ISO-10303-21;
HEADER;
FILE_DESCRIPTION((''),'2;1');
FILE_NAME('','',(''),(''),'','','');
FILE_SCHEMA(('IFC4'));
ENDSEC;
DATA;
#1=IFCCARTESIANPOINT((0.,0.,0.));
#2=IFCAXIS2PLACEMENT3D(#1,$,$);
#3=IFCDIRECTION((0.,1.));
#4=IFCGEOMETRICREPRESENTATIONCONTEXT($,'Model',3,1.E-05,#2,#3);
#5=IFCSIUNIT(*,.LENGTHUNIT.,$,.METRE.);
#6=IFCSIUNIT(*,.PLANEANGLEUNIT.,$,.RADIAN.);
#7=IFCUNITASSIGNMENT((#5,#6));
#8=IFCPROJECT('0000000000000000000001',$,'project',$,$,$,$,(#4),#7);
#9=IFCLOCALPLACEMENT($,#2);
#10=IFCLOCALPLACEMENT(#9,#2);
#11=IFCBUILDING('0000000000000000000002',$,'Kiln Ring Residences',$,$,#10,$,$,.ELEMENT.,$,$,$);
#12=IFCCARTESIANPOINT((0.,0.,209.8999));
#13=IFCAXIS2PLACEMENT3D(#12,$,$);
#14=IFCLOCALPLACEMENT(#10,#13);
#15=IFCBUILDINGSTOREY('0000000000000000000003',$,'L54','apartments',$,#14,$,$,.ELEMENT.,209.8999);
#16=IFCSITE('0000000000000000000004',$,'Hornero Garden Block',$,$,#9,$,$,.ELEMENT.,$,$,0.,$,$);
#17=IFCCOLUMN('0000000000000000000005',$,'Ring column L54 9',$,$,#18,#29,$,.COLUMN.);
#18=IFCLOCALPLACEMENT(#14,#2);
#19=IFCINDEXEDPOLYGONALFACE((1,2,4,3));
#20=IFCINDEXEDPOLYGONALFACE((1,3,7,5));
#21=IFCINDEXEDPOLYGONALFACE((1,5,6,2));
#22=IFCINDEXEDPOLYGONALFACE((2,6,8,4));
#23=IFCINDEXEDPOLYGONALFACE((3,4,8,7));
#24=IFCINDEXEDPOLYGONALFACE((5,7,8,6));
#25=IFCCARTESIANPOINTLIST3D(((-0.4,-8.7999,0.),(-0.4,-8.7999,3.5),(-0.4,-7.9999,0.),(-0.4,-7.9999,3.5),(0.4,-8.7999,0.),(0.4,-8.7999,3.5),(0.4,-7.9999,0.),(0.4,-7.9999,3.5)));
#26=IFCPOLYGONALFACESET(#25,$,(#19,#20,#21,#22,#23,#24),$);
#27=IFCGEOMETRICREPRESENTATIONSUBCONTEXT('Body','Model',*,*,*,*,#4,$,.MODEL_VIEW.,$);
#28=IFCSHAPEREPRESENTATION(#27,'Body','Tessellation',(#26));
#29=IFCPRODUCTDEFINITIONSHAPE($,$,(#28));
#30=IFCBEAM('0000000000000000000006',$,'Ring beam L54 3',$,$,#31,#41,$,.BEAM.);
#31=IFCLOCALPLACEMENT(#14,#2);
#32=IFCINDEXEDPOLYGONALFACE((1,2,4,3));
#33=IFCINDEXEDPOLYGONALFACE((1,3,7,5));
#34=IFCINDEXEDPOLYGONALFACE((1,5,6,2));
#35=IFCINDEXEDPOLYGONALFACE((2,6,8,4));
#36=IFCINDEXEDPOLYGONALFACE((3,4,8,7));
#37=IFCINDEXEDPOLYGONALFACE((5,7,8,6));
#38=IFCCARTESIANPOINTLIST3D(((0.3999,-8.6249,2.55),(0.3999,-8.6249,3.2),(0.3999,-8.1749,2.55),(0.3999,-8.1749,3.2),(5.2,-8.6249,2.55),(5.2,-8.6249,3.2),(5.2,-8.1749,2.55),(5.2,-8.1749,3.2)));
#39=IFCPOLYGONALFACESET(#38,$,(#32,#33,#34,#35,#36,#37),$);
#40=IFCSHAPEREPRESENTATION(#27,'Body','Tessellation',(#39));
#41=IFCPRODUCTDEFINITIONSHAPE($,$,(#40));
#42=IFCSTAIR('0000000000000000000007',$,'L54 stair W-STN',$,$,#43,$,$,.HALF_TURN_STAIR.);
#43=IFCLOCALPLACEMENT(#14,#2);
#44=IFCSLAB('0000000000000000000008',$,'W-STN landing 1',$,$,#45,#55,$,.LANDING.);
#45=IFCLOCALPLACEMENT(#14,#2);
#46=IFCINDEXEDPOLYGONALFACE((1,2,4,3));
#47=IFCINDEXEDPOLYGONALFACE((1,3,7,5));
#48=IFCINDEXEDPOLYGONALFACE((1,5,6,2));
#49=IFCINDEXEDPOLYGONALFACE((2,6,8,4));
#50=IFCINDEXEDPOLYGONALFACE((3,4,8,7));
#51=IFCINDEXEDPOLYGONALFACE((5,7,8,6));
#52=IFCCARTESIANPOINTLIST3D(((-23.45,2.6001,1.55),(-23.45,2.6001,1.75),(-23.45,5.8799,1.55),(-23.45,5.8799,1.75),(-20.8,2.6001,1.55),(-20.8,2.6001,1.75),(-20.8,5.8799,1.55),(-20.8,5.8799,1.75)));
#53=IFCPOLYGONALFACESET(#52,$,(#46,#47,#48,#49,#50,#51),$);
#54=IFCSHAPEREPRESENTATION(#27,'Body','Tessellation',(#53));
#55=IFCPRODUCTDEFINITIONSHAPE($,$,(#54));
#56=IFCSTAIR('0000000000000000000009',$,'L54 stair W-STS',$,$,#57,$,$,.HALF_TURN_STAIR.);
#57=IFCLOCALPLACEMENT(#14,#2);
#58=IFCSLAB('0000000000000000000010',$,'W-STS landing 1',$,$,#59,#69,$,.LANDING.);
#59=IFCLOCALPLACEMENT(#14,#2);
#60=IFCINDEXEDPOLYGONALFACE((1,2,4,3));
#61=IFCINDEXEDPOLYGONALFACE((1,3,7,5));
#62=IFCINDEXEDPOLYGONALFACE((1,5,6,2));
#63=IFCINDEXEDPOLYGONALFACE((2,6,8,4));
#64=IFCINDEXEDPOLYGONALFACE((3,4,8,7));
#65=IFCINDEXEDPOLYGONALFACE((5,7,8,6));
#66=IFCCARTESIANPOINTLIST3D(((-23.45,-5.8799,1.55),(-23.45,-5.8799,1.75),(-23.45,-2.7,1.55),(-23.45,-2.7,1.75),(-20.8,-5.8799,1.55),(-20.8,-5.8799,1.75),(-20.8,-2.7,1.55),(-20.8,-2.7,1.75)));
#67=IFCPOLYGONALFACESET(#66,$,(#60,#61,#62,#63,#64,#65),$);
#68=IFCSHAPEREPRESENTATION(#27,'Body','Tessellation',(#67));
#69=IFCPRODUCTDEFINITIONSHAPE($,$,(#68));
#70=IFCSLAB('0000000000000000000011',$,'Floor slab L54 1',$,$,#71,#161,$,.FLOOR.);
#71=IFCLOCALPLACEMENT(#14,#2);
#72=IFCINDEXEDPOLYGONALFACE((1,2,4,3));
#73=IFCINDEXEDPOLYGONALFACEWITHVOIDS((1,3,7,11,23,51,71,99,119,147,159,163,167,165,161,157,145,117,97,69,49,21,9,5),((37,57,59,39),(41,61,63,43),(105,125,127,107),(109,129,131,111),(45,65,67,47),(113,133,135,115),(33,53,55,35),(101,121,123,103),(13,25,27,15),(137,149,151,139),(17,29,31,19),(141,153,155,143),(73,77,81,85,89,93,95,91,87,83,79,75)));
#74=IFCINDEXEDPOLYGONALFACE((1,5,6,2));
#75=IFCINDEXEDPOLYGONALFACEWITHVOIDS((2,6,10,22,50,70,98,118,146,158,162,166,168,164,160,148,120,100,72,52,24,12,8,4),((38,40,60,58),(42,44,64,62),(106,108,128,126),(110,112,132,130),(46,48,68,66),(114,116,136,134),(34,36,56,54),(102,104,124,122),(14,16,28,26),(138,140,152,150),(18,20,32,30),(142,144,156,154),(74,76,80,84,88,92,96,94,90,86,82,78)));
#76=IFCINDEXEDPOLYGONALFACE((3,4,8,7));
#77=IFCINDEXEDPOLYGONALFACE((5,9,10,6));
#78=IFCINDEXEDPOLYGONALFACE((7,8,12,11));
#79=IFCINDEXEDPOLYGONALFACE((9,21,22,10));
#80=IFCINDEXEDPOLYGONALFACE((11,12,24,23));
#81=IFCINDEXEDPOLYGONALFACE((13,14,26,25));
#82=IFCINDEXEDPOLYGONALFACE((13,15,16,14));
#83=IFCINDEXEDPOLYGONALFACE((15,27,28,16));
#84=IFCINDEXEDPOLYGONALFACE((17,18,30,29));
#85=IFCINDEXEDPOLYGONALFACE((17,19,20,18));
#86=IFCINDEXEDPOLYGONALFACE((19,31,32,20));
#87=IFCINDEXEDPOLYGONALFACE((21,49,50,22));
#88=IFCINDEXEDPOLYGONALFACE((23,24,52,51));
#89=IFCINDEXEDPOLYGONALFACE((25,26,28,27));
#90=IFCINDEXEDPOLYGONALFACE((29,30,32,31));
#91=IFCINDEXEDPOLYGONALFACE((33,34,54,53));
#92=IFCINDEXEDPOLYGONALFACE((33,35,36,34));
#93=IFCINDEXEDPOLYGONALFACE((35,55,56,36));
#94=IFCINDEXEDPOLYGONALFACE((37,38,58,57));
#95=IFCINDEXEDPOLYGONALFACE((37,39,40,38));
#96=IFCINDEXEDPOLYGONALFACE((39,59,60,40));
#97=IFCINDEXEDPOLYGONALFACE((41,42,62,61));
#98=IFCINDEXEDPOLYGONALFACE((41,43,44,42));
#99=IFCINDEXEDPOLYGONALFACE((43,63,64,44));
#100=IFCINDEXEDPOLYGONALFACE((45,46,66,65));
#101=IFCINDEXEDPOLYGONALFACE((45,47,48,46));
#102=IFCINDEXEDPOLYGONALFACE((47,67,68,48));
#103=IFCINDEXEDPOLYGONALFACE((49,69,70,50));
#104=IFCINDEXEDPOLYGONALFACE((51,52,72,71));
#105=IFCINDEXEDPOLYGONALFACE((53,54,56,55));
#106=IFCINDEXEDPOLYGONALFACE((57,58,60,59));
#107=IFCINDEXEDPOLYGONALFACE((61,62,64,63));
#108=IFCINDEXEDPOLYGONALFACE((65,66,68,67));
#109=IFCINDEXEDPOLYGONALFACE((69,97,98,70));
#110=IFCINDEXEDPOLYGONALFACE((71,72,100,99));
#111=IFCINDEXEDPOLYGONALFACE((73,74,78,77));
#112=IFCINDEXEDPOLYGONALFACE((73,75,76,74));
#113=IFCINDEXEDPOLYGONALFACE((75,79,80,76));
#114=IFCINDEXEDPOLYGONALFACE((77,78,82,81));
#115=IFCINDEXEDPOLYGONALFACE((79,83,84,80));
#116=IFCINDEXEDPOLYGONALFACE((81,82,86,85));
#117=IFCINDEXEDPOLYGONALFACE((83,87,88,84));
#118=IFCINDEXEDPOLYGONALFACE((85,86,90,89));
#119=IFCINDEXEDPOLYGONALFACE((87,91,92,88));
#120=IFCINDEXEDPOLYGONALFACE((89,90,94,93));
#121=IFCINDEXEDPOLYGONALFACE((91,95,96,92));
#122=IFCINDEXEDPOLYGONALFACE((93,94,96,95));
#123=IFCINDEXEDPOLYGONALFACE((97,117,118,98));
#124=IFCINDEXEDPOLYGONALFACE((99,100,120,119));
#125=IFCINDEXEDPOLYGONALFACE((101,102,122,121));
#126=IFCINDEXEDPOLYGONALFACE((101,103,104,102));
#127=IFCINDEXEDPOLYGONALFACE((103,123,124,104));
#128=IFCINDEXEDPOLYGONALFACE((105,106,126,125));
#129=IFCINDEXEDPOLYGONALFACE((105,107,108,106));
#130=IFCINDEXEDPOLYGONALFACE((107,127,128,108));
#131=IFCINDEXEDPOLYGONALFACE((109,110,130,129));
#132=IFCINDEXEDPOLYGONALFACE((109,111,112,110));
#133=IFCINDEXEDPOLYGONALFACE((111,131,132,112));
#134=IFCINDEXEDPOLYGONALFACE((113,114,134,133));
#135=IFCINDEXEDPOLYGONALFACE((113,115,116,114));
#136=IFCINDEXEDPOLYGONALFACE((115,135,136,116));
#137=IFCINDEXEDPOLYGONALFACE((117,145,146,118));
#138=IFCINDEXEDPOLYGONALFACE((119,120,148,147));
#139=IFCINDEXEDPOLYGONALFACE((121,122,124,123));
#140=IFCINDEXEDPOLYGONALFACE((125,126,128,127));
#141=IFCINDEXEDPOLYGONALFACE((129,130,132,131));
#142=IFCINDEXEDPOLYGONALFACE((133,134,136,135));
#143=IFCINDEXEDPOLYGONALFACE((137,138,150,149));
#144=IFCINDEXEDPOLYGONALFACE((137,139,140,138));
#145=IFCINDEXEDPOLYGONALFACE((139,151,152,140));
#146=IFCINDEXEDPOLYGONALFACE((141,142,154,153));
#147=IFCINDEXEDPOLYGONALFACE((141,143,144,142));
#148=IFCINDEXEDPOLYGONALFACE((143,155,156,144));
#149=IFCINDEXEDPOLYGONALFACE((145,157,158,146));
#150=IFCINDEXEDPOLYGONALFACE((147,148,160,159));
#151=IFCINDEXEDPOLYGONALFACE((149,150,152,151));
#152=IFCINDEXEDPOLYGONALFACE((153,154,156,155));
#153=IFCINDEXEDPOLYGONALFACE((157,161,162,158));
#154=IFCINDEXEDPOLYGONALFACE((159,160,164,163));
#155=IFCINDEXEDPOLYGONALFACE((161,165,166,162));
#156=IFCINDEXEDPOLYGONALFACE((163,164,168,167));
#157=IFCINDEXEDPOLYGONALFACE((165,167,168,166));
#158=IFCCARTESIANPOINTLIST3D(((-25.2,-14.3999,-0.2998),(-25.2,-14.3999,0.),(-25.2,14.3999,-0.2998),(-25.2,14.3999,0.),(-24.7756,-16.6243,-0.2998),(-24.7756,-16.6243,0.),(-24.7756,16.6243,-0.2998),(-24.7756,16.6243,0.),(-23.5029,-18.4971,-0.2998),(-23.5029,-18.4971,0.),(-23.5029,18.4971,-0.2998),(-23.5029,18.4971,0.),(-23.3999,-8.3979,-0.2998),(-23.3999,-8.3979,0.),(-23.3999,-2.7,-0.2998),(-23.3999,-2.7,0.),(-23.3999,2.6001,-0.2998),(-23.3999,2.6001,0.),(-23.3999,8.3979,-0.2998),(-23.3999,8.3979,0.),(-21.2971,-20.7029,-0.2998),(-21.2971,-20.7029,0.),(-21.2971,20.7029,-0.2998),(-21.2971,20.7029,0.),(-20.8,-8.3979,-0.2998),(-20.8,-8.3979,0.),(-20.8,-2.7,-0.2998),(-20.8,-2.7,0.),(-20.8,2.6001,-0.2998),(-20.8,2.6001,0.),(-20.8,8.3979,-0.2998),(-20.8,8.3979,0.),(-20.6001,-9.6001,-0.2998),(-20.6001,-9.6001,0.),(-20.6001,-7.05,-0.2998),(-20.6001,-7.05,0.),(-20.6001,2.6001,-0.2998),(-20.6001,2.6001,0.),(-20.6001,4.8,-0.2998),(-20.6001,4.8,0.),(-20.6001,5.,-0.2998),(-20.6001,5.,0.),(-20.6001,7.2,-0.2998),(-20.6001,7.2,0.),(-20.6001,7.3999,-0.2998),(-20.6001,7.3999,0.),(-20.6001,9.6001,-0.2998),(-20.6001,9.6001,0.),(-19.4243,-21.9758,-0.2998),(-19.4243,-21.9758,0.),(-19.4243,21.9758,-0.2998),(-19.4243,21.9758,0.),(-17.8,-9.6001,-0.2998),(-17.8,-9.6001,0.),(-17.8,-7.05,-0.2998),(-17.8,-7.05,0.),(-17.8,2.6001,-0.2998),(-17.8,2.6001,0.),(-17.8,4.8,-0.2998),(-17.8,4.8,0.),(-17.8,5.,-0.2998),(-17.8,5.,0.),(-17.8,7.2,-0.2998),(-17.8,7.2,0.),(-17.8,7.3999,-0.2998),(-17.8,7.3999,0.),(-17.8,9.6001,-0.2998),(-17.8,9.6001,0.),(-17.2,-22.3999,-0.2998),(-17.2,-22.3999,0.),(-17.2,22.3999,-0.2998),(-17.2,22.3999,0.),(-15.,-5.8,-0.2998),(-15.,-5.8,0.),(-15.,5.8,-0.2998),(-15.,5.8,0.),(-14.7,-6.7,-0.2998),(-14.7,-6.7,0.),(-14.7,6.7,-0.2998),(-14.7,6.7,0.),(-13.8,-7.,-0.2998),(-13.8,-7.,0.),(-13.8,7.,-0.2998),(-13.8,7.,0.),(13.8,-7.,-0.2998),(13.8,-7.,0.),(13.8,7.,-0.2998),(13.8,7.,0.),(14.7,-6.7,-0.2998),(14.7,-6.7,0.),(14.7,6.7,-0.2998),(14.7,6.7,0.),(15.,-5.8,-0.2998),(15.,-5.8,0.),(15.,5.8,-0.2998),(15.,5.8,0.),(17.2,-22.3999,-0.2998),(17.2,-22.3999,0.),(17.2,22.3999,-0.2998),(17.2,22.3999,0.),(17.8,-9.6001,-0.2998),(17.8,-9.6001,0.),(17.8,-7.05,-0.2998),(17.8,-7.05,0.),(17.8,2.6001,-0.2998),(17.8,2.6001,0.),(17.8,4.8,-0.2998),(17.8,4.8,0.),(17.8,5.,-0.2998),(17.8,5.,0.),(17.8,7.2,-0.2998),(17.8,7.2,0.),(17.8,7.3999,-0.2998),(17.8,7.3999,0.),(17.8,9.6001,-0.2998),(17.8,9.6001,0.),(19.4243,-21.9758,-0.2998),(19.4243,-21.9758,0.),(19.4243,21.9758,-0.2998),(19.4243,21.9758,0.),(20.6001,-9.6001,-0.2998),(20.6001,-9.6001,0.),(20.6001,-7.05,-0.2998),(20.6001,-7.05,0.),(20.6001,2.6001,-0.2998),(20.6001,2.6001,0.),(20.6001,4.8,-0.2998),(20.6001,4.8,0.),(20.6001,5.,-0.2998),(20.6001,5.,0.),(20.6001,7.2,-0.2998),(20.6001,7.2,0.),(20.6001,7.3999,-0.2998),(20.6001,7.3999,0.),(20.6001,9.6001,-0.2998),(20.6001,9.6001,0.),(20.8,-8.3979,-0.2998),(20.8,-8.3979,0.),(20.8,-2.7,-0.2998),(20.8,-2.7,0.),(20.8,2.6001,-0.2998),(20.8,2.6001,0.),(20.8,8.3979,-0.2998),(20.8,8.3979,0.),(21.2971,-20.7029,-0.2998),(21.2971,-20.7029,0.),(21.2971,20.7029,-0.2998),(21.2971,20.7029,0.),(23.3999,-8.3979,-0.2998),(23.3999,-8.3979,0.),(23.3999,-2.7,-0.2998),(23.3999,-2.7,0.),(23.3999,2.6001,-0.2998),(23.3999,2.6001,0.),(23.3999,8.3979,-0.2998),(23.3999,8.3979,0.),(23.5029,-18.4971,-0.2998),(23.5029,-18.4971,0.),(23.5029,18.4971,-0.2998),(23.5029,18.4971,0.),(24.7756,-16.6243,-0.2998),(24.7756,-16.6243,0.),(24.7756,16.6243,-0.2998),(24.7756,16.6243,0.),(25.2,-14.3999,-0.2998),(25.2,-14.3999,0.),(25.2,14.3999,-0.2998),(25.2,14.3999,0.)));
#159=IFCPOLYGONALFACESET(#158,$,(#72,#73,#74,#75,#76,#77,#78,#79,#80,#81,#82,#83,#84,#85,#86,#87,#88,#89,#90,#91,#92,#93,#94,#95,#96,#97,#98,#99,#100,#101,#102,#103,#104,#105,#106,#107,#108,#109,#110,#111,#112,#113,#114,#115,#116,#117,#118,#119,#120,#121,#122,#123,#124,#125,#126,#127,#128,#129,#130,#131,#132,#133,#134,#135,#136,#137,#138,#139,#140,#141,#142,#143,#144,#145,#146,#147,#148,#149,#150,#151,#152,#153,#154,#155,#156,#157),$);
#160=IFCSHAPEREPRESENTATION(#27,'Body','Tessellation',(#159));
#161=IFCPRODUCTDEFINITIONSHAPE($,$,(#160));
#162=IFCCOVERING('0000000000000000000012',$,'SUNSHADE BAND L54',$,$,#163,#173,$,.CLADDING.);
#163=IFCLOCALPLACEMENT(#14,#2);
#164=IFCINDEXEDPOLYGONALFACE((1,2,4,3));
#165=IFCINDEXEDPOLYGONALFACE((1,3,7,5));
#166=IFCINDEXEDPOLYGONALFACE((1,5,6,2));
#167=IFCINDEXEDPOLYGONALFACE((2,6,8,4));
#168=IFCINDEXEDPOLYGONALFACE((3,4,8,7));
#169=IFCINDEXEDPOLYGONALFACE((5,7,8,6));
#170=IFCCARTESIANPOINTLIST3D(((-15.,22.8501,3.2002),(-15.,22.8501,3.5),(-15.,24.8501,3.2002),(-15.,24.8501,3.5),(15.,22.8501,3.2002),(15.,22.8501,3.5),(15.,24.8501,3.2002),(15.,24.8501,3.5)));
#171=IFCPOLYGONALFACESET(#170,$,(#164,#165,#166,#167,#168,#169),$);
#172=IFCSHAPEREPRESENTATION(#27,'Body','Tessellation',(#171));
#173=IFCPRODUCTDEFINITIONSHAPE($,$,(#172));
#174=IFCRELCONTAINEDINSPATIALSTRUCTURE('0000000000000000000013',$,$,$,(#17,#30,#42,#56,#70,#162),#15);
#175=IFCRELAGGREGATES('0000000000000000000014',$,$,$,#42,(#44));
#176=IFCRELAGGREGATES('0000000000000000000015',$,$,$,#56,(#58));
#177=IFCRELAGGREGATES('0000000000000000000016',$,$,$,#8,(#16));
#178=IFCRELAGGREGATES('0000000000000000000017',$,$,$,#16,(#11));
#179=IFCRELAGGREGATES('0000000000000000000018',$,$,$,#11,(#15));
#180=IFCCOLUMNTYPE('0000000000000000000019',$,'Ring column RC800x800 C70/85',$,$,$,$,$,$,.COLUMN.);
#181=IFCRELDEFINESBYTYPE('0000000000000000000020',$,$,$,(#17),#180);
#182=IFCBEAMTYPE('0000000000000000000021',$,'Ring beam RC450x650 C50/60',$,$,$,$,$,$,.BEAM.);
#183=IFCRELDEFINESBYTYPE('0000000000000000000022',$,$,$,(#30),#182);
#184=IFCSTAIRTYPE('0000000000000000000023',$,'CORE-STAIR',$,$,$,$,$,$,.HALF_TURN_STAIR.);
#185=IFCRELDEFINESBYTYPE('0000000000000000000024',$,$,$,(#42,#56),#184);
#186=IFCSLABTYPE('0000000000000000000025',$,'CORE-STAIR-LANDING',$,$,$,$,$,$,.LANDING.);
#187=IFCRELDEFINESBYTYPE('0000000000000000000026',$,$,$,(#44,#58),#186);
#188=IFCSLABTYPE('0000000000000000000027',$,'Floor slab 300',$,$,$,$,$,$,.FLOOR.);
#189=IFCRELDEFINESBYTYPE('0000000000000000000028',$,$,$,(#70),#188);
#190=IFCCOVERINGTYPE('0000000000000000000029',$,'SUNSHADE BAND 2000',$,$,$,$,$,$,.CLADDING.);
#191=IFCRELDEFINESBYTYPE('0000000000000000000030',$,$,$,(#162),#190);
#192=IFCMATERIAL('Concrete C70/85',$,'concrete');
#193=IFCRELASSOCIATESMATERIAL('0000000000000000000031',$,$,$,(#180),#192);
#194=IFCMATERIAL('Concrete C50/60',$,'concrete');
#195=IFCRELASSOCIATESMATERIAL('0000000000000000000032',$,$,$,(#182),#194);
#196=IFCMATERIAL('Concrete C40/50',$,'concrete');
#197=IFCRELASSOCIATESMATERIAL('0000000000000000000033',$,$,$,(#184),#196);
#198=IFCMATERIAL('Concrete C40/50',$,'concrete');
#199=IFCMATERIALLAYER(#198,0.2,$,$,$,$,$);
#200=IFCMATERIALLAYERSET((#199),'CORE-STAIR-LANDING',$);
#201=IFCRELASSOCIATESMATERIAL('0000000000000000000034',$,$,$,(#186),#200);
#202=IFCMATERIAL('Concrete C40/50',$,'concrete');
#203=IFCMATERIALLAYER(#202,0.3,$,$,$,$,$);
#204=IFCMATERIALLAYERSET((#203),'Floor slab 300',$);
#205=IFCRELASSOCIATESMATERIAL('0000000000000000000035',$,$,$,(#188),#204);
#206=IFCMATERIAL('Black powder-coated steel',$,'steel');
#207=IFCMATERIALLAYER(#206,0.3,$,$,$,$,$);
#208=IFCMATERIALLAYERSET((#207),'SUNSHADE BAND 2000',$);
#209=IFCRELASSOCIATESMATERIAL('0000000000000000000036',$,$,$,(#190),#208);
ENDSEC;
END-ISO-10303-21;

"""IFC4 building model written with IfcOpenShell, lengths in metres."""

from ifc_helpers import new_model, si_unit, direction, frame, origin, origin_2d, place, context, subcontext, project, spatial, polyline, rectangle, outline, extrude, material, layer, layer_set, material_profile, profile_set, type_object, element, aggregate, save


model = new_model("IFC4")

# Units and contexts
model_context = context("Model", 3, precision=1e-05, world=origin(), true_north=direction((0.0, 1.0)))
body_context = subcontext(model_context, "Body", "Model", "MODEL_VIEW")
ifc_project = project(units=[si_unit("LENGTHUNIT", "METRE"), si_unit("PLANEANGLEUNIT", "RADIAN")], contexts=[model_context])

# Site, building, storey
site_placement = place(None, origin())
site = spatial("IfcSite", under=ifc_project, at=site_placement, Name="Hornero Garden Block", CompositionType="ELEMENT", RefElevation=0.0)
building_placement = place(site_placement, origin())
building = spatial("IfcBuilding", under=site, at=building_placement, Name="Kiln Ring Residences", CompositionType="ELEMENT")
storey_placement = place(building_placement, frame((0.0, 0.0, 209.8999)))
storey = spatial("IfcBuildingStorey", under=building, at=storey_placement, Name="L54", Description="apartments", CompositionType="ELEMENT", Elevation=209.8999)

# Column
ifc_material_1 = material(Name="Concrete C70/85", Category="concrete")
ifc_material_profile_1 = material_profile(ifc_material_1, rectangle(XDim=0.8, YDim=0.8, at=origin_2d()), Name="RC800x800")
ifc_profile_set_1 = profile_set([ifc_material_profile_1], Name="Concrete C70/85")
column_type = type_object("IfcColumnType", Name="Ring column RC800x800 C70/85", PredefinedType="COLUMN", material=ifc_profile_set_1)
column_placement = place(storey_placement, frame((0.0, -8.3999, 0.0), z_axis=(0.0, 0.0, 1.0), x_axis=(1.0, 0.0, 0.0)))
element("IfcColumn", 1, at=column_placement, inside=storey, type_object=column_type, Name="Ring column L54 9", PredefinedType="COLUMN", context=body_context, shape_type="SweptSolid", body=[
    extrude(rectangle(XDim=0.8, YDim=0.8, at=origin_2d()), origin(), (0.0, 0.0, 1.0), 3.5),
])

# Beam
ifc_material_2 = material(Name="Concrete C50/60", Category="concrete")
ifc_material_profile_2 = material_profile(ifc_material_2, rectangle(XDim=0.45, YDim=0.6499, at=origin_2d()), Name="RC450x650")
ifc_profile_set_2 = profile_set([ifc_material_profile_2], Name="Concrete C50/60")
beam_type = type_object("IfcBeamType", Name="Ring beam RC450x650 C50/60", PredefinedType="BEAM", material=ifc_profile_set_2)
beam_placement = place(storey_placement, frame((0.3999, -8.3999, 2.875), z_axis=(1.0, 0.0, 0.0), x_axis=(0.0, 1.0, 0.0)))
element("IfcBeam", 2, at=beam_placement, inside=storey, type_object=beam_type, Name="Ring beam L54 3", PredefinedType="BEAM", context=body_context, shape_type="SweptSolid", body=[
    extrude(rectangle(XDim=0.45, YDim=0.6499, at=origin_2d()), origin(), (0.0, 0.0, 1.0), 4.8),
])

# Stairs, slabs
ifc_material_3 = material(Name="Concrete C40/50", Category="concrete")
stair_type = type_object("IfcStairType", Name="CORE-STAIR", PredefinedType="HALF_TURN_STAIR", material=ifc_material_3)
placement_1 = place(storey_placement, origin())
stair_1 = element("IfcStair", 3, at=placement_1, inside=storey, type_object=stair_type, Name="L54 stair W-STN", PredefinedType="HALF_TURN_STAIR")
ifc_material_4 = material(Name="Concrete C40/50", Category="concrete")
ifc_layer_1 = layer(ifc_material_4, 0.2)
ifc_layer_set_1 = layer_set([ifc_layer_1], Name="CORE-STAIR-LANDING")
slab_type_1 = type_object("IfcSlabType", Name="CORE-STAIR-LANDING", PredefinedType="LANDING", material=ifc_layer_set_1)
placement_2 = place(storey_placement, frame((0.0, 0.0, 1.55)))
slab_1 = element("IfcSlab", 4, at=placement_2, type_object=slab_type_1, Name="W-STN landing 1", PredefinedType="LANDING", context=body_context, shape_type="SweptSolid", body=[
    extrude(outline(polyline([(-23.45, 5.8799), (-23.45, 2.6001), (-20.8, 2.6001), (-20.8, 5.8799), (-23.45, 5.8799)])), origin(), (0.0, 0.0, 1.0), 0.2),
])
aggregate(stair_1, [slab_1])
stair_2 = element("IfcStair", 5, at=placement_1, inside=storey, type_object=stair_type, Name="L54 stair W-STS", PredefinedType="HALF_TURN_STAIR")
slab_2 = element("IfcSlab", 6, at=placement_2, type_object=slab_type_1, Name="W-STS landing 1", PredefinedType="LANDING", context=body_context, shape_type="SweptSolid", body=[
    extrude(outline(polyline([(-20.8, -5.8799), (-20.8, -2.7), (-23.45, -2.7), (-23.45, -5.8799), (-20.8, -5.8799)])), origin(), (0.0, 0.0, 1.0), 0.2),
])
aggregate(stair_2, [slab_2])

# Slab
ifc_material_5 = material(Name="Concrete C40/50", Category="concrete")
ifc_layer_2 = layer(ifc_material_5, 0.3)
ifc_layer_set_2 = layer_set([ifc_layer_2], Name="Floor slab 300")
slab_type_2 = type_object("IfcSlabType", Name="Floor slab 300", PredefinedType="FLOOR", material=ifc_layer_set_2)
slab_3_placement = place(storey_placement, frame((0.0, 0.0, -0.2998)))
element("IfcSlab", 7, at=slab_3_placement, inside=storey, type_object=slab_type_2, Name="Floor slab L54 1", PredefinedType="FLOOR", context=body_context, shape_type="SweptSolid", body=[
    extrude(outline(polyline([(-23.5029, -18.4971), (-21.2971, -20.7029), (-19.4243, -21.9758), (-17.2, -22.3999), (17.2, -22.3999), (19.4243, -21.9758), (21.2971, -20.7029), (23.5029, -18.4971), (24.7756, -16.6243), (25.2, -14.3999), (25.2, 14.3999), (24.7756, 16.6243), (23.5029, 18.4971), (21.2971, 20.7029), (19.4243, 21.9758), (17.2, 22.3999), (-17.2, 22.3999), (-19.4243, 21.9758), (-21.2971, 20.7029), (-23.5029, 18.4971), (-24.7756, 16.6243), (-25.2, 14.3999), (-25.2, -14.3999), (-24.7756, -16.6243), (-23.5029, -18.4971)]), holes=[polyline([(-14.7, -6.7), (-15.0, -5.8), (-15.0, 5.8), (-14.7, 6.7), (-13.8, 7.0), (13.8, 7.0), (14.7, 6.7), (15.0, 5.8), (15.0, -5.8), (14.7, -6.7), (13.8, -7.0), (-13.8, -7.0), (-14.7, -6.7)]), polyline([(20.8, -8.3979), (20.8, -2.7), (23.3999, -2.7), (23.3999, -8.3979), (20.8, -8.3979)]), polyline([(23.3999, 2.6001), (20.8, 2.6001), (20.8, 8.3979), (23.3999, 8.3979), (23.3999, 2.6001)]), polyline([(17.8, 2.6001), (17.8, 4.8), (20.6001, 4.8), (20.6001, 2.6001), (17.8, 2.6001)]), polyline([(17.8, 5.0), (17.8, 7.2), (20.6001, 7.2), (20.6001, 5.0), (17.8, 5.0)]), polyline([(17.8, 7.3999), (17.8, 9.6001), (20.6001, 9.6001), (20.6001, 7.3999), (17.8, 7.3999)]), polyline([(20.6001, -9.6001), (17.8, -9.6001), (17.8, -7.05), (20.6001, -7.05), (20.6001, -9.6001)]), polyline([(-17.8, -7.05), (-17.8, -9.6001), (-20.6001, -9.6001), (-20.6001, -7.05), (-17.8, -7.05)]), polyline([(-17.8, 2.6001), (-20.6001, 2.6001), (-20.6001, 4.8), (-17.8, 4.8), (-17.8, 2.6001)]), polyline([(-17.8, 5.0), (-20.6001, 5.0), (-20.6001, 7.2), (-17.8, 7.2), (-17.8, 5.0)]), polyline([(-17.8, 7.3999), (-20.6001, 7.3999), (-20.6001, 9.6001), (-17.8, 9.6001), (-17.8, 7.3999)]), polyline([(-20.8, -8.3979), (-23.3999, -8.3979), (-23.3999, -2.7), (-20.8, -2.7), (-20.8, -8.3979)]), polyline([(-20.8, 8.3979), (-20.8, 2.6001), (-23.3999, 2.6001), (-23.3999, 8.3979), (-20.8, 8.3979)])]), origin(), (0.0, 0.0, 1.0), 0.2998),
])

# Covering
ifc_material_6 = material(Name="Black powder-coated steel", Category="steel")
ifc_layer_3 = layer(ifc_material_6, 0.3)
ifc_layer_set_3 = layer_set([ifc_layer_3], Name="SUNSHADE BAND 2000")
covering_type_1 = type_object("IfcCoveringType", Name="SUNSHADE BAND 2000", PredefinedType="CLADDING", material=ifc_layer_set_3)
placement_3 = place(storey_placement, frame((0.0, 0.0, 3.2002)))
element("IfcCovering", 8, at=placement_3, inside=storey, type_object=covering_type_1, Name="SUNSHADE BAND L54", PredefinedType="CLADDING", context=body_context, shape_type="SweptSolid", body=[
    extrude(outline(polyline([(15.0, 24.8501), (-15.0, 24.8501), (-15.0, 22.8501), (15.0, 22.8501), (15.0, 24.8501)])), origin(), (0.0, 0.0, 1.0), 0.2998),
])

save(model, "model.ifc")
